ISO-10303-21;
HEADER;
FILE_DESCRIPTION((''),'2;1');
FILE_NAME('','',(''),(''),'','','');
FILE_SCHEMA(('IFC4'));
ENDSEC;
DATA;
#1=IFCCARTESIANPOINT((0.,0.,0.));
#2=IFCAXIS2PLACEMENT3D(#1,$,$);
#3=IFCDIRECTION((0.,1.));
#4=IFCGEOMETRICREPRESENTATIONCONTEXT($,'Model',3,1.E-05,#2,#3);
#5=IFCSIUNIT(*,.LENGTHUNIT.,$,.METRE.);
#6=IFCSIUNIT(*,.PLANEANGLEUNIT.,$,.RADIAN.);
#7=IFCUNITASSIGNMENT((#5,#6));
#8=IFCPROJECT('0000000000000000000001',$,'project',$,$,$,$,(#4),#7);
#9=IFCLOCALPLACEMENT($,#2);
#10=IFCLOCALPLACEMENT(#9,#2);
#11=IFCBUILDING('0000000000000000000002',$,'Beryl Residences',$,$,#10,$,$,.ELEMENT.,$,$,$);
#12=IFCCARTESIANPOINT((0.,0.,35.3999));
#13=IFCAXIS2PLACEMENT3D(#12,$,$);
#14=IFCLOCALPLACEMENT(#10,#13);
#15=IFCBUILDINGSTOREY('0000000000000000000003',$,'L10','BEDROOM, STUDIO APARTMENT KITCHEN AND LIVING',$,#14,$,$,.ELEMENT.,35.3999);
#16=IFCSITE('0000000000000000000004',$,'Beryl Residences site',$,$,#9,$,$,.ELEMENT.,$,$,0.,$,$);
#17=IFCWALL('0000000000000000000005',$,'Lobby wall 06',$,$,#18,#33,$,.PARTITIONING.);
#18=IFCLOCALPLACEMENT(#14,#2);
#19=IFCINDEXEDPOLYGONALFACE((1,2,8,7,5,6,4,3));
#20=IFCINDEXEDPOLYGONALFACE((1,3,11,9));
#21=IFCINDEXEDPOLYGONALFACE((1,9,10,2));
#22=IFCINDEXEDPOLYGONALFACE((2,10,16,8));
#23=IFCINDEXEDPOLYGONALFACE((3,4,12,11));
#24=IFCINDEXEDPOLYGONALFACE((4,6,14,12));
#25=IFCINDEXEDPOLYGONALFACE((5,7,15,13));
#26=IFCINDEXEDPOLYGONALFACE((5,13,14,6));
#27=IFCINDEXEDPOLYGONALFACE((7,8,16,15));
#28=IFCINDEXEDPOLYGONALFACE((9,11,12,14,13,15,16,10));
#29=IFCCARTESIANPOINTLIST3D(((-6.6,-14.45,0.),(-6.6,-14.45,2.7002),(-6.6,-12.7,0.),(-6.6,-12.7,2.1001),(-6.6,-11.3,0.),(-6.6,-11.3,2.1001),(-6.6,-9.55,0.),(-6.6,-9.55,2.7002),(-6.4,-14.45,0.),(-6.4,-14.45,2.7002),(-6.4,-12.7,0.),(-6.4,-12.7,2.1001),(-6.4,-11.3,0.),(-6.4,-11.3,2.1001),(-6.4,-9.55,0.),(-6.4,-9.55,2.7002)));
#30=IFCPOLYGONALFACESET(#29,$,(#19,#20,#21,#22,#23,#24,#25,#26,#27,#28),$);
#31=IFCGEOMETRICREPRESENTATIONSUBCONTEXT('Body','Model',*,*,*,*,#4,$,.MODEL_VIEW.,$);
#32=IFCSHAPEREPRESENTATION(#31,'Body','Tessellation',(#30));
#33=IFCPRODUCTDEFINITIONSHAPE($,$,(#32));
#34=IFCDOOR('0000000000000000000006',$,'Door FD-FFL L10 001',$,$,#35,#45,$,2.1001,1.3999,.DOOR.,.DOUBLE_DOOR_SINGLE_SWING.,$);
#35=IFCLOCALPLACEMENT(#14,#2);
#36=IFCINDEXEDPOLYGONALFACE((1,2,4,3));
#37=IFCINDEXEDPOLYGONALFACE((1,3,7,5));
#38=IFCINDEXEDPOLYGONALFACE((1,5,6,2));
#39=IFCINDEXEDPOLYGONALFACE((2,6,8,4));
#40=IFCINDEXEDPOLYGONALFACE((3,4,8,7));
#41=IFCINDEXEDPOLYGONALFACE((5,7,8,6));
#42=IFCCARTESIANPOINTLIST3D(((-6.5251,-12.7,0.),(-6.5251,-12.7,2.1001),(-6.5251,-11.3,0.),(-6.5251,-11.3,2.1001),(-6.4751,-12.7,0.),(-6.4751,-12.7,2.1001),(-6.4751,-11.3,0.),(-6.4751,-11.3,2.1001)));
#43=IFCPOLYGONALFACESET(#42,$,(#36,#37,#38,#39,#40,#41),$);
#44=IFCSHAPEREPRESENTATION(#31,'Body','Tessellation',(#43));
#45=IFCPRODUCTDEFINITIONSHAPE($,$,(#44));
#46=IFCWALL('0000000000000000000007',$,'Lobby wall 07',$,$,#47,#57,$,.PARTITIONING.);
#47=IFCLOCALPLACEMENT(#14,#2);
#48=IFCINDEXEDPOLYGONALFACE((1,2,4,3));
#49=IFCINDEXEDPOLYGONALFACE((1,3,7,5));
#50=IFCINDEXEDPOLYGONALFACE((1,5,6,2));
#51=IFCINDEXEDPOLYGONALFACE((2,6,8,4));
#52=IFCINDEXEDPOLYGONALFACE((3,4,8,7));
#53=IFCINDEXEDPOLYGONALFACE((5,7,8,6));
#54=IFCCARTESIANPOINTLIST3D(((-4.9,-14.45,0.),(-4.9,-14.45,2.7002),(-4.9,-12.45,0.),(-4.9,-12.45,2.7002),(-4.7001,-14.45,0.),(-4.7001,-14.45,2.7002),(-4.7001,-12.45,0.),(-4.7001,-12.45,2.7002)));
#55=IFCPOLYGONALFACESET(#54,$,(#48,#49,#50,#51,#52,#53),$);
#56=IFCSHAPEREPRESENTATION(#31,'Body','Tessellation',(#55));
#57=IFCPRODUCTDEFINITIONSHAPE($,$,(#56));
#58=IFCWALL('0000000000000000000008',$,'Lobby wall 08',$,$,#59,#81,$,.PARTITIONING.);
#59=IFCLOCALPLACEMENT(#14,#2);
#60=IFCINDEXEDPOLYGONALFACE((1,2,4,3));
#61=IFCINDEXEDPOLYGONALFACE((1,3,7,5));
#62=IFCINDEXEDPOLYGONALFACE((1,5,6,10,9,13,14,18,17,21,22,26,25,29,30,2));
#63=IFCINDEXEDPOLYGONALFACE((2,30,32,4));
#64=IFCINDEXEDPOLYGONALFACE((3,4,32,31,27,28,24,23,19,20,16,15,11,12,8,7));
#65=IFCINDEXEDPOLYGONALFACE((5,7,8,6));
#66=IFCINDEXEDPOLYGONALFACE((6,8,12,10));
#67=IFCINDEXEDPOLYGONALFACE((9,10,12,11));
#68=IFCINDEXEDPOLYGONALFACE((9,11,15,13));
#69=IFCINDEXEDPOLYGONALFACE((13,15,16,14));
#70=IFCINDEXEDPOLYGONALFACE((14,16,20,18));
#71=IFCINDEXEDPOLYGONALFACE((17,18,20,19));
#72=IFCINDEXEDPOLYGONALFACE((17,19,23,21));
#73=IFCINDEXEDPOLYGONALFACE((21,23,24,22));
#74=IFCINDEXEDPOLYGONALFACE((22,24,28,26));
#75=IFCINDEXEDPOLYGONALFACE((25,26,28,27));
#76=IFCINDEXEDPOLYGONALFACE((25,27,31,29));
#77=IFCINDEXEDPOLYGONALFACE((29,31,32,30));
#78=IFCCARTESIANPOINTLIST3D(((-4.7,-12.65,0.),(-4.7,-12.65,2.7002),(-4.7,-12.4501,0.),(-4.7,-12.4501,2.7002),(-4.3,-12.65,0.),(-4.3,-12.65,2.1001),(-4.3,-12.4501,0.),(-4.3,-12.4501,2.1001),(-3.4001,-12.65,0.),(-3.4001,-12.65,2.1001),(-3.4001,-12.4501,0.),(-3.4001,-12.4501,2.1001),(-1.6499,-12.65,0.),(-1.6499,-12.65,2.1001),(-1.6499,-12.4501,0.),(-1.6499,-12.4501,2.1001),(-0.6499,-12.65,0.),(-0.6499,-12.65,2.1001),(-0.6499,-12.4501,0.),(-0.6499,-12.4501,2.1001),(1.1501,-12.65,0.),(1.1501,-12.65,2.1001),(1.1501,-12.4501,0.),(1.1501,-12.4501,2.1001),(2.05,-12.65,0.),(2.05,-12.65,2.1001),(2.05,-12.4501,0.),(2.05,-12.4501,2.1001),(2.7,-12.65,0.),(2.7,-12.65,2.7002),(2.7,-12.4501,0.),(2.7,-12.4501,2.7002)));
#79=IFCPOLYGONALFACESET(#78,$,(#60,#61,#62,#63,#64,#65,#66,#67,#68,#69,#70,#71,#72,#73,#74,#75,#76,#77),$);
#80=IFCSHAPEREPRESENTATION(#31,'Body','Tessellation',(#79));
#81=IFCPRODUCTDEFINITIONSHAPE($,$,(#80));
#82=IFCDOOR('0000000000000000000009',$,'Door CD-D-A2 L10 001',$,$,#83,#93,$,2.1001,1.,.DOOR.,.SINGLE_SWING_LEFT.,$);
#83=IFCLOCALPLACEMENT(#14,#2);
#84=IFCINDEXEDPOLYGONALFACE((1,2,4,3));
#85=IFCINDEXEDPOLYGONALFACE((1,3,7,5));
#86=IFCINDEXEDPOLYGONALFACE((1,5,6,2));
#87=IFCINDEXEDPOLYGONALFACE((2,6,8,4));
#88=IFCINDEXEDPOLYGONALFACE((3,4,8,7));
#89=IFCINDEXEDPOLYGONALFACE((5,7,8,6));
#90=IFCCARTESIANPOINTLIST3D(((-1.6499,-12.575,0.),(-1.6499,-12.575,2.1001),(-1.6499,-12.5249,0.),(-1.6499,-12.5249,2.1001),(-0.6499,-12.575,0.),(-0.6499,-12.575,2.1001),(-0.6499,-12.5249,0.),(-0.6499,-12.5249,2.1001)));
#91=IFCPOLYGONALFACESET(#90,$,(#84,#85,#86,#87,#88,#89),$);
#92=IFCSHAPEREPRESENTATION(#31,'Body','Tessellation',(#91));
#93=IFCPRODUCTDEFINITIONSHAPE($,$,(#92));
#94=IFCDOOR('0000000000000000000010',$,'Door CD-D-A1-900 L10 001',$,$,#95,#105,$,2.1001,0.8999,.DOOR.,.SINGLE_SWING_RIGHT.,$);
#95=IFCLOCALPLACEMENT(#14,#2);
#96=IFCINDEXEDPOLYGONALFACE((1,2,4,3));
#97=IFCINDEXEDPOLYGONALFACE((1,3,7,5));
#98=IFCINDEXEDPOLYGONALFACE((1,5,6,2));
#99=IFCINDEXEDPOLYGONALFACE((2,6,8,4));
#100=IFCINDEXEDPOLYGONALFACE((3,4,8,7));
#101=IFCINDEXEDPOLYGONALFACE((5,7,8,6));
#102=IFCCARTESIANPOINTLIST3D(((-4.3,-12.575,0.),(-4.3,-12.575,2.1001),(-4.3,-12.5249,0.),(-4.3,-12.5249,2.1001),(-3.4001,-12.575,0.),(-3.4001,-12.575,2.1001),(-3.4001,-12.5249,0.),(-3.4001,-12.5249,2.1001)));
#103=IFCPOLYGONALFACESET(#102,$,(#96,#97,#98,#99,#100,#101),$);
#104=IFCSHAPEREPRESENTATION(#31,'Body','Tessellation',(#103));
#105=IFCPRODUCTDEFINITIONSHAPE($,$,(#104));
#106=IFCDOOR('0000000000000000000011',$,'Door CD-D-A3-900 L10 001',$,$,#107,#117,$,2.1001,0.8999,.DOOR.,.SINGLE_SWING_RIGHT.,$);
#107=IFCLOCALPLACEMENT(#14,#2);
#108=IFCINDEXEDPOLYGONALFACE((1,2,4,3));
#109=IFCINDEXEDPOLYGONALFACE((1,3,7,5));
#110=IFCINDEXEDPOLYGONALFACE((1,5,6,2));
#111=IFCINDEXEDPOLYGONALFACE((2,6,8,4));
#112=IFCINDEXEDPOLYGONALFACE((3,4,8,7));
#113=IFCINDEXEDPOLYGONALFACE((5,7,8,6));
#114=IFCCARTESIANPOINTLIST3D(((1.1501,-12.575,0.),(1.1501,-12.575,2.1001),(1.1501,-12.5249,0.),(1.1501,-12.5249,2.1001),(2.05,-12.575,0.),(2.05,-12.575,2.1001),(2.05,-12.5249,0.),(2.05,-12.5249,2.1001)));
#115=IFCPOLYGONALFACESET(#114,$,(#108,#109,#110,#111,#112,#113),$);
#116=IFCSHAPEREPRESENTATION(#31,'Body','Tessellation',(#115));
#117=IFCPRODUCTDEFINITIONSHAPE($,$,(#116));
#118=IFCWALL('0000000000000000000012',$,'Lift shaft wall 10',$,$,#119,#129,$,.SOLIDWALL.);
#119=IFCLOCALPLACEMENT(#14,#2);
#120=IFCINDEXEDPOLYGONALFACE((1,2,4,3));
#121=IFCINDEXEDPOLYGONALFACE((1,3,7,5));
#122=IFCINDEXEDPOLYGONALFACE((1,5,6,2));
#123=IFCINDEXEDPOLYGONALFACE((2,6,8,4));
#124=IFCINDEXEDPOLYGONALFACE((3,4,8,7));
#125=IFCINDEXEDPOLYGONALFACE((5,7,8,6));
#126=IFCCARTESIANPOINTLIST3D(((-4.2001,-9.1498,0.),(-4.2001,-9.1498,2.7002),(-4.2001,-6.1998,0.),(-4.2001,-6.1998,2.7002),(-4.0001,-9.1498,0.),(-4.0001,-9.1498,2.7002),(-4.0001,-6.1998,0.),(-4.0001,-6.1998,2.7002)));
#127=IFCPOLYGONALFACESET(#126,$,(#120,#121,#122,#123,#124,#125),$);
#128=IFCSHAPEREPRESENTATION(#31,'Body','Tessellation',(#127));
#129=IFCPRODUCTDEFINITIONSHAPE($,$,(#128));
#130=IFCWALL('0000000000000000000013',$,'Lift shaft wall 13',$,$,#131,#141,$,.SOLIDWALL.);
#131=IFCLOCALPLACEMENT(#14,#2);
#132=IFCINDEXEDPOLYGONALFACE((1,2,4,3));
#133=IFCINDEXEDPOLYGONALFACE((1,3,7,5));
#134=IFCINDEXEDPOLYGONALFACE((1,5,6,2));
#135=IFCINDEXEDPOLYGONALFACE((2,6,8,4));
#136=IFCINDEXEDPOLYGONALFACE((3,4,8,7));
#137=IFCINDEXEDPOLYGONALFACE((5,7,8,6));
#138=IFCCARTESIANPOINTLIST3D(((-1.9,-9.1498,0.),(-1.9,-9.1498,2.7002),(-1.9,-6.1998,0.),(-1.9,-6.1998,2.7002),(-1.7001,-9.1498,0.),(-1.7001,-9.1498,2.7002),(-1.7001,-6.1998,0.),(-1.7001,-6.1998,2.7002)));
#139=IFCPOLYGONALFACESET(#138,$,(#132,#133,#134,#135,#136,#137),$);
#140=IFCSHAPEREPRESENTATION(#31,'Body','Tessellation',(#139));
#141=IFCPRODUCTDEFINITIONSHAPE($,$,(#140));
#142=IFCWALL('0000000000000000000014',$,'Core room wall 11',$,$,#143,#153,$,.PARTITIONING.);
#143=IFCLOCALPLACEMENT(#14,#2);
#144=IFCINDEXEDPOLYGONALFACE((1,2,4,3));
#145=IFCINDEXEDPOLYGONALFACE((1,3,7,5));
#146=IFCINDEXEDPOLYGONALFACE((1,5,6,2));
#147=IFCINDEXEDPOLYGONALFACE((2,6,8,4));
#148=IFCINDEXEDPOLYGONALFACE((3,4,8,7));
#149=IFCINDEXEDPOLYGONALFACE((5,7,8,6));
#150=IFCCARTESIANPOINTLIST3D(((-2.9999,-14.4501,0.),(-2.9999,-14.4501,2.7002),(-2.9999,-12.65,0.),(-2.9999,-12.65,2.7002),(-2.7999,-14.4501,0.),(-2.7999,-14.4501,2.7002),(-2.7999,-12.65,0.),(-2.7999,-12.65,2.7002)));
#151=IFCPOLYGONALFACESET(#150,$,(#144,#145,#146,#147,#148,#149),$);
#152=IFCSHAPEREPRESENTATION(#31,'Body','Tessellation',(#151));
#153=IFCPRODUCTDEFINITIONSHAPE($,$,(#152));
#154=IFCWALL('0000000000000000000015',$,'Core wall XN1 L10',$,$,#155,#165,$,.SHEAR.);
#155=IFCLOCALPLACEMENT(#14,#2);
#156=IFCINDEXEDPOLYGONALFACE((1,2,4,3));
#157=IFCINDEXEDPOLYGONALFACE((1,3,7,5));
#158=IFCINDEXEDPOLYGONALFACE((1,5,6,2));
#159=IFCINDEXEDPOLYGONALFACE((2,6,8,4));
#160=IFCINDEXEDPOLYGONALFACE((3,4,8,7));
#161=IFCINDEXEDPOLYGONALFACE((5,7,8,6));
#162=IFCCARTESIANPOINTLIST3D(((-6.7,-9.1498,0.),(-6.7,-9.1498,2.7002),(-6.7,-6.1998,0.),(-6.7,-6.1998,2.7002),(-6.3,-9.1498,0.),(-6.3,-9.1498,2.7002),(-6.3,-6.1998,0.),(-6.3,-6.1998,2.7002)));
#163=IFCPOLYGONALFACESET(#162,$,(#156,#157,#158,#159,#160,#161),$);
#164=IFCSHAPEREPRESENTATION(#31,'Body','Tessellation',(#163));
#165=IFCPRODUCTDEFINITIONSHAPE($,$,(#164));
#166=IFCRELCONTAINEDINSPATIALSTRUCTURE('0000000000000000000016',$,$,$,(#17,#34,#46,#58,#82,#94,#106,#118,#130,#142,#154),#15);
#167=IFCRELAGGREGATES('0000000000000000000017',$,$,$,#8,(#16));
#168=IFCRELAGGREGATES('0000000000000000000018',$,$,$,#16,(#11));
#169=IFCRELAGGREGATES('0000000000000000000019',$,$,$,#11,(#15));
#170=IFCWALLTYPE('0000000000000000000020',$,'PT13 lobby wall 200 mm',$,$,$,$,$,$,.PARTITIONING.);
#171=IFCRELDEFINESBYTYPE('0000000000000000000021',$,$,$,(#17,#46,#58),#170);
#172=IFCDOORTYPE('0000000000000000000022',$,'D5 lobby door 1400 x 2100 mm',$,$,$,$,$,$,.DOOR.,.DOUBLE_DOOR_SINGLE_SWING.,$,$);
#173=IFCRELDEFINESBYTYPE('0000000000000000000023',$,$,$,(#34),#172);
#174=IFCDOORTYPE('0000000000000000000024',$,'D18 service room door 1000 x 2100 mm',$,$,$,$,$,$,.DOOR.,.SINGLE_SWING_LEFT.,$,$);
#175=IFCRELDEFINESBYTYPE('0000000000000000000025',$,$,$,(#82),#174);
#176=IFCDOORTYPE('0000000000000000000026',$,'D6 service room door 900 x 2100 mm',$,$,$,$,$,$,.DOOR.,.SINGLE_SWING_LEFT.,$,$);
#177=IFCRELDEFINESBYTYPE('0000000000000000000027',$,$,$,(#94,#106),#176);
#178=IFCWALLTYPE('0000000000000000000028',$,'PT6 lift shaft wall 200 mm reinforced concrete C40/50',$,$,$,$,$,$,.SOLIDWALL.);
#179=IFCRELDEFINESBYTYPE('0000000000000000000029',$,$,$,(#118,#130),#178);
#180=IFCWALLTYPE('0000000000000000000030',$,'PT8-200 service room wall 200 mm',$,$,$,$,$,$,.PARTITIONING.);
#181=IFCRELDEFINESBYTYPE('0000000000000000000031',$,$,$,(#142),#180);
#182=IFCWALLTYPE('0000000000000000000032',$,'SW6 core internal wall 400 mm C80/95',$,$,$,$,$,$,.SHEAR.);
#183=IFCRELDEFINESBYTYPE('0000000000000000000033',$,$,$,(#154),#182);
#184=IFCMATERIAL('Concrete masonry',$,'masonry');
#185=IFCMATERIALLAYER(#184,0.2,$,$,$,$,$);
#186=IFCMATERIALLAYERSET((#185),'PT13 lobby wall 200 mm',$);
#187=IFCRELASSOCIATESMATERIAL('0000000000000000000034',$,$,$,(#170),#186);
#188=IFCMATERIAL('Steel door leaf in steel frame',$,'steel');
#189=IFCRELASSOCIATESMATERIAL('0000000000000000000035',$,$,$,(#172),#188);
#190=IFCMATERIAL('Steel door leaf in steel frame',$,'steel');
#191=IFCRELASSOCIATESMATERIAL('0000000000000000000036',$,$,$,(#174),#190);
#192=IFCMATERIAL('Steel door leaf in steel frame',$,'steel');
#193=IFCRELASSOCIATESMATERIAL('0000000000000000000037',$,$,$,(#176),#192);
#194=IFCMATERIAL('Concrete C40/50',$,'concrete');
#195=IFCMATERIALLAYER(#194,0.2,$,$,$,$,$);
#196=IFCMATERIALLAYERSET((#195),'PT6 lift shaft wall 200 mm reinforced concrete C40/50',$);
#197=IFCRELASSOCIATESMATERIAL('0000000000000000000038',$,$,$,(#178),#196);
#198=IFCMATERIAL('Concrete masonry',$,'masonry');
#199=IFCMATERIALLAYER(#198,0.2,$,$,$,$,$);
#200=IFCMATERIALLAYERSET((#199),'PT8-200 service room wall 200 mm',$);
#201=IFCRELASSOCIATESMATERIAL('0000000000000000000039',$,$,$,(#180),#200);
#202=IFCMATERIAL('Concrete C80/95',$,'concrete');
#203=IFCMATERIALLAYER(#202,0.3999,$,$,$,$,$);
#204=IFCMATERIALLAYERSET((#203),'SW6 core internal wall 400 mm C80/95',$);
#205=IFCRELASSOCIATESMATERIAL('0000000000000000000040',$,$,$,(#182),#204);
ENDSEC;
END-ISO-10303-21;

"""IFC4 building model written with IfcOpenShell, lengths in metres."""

from ifc_helpers import new_model, si_unit, direction, frame, frame_2d, origin, place, context, subcontext, project, spatial, rectangle, extrude, material, layer, layer_set, type_object, element, fill, save


model = new_model("IFC4")

# Units and contexts
model_context = context("Model", 3, precision=1e-05, world=origin(), true_north=direction((0.0, 1.0)))
body_context = subcontext(model_context, "Body", "Model", "MODEL_VIEW")
ifc_project = project(units=[si_unit("LENGTHUNIT", "METRE"), si_unit("PLANEANGLEUNIT", "RADIAN")], contexts=[model_context])

# Site, building, storey
site_placement = place(None, origin())
site = spatial("IfcSite", under=ifc_project, at=site_placement, Name="Beryl Residences site", CompositionType="ELEMENT", RefElevation=0.0)
building_placement = place(site_placement, origin())
building = spatial("IfcBuilding", under=site, at=building_placement, Name="Beryl Residences", CompositionType="ELEMENT")
storey_placement = place(building_placement, frame((0.0, 0.0, 35.3999)))
storey = spatial("IfcBuildingStorey", under=building, at=storey_placement, Name="L10", Description="BEDROOM, STUDIO APARTMENT KITCHEN AND LIVING", CompositionType="ELEMENT", Elevation=35.3999)

# Wall, opening, door
ifc_material_1 = material(Name="Concrete masonry", Category="masonry")
ifc_layer_1 = layer(ifc_material_1, 0.2)
ifc_layer_set_1 = layer_set([ifc_layer_1], Name="PT13 lobby wall 200 mm")
wall_type_1 = type_object("IfcWallType", Name="PT13 lobby wall 200 mm", PredefinedType="PARTITIONING", material=ifc_layer_set_1)
wall_1_placement = place(storey_placement, frame((-6.5, -14.45, 0.0), z_axis=(0.0, 0.0, 1.0), x_axis=(0.0, 1.0, 0.0)))
wall_1 = element("IfcWall", 1, at=wall_1_placement, inside=storey, type_object=wall_type_1, Name="Lobby wall 06", PredefinedType="PARTITIONING", context=body_context, shape_type="SweptSolid", body=[
    extrude(rectangle(XDim=4.8999, YDim=0.2, at=frame_2d((2.45, 0.0))), origin(), (0.0, 0.0, 1.0), 2.7002),
])
opening_1_placement = place(wall_1_placement, frame((3.1499, 0.0, 0.0), z_axis=(0.0, 0.0, 1.0), x_axis=(-1.0, 0.0, 0.0)))
opening_1 = element("IfcOpeningElement", 2, at=opening_1_placement, cuts=wall_1, PredefinedType="OPENING", context=body_context, shape_type="SweptSolid", body=[
    extrude(rectangle(XDim=1.3999, YDim=2.1001, at=frame_2d((0.7, 1.05))), frame((0.0, 0.1099, 0.0), z_axis=(0.0, -1.0, 0.0), x_axis=(1.0, 0.0, 0.0)), (0.0, 0.0, 1.0), 0.22),
])
ifc_material_2 = material(Name="Steel door leaf in steel frame", Category="steel")
door_type_1 = type_object("IfcDoorType", Name="D5 lobby door 1400 x 2100 mm", OperationType="DOUBLE_DOOR_SINGLE_SWING", PredefinedType="DOOR", material=ifc_material_2)
door_1_placement = place(opening_1_placement, origin())
door_1 = element("IfcDoor", 3, at=door_1_placement, inside=storey, type_object=door_type_1, Name="Door FD-FFL L10 001", OperationType="DOUBLE_DOOR_SINGLE_SWING", OverallHeight=2.1001, OverallWidth=1.3999, PredefinedType="DOOR", context=body_context, shape_type="SweptSolid", body=[
    extrude(rectangle(XDim=1.3999, YDim=2.1001, at=frame_2d((0.7, 1.05))), frame((0.0, 0.0249, 0.0), z_axis=(0.0, -1.0, 0.0), x_axis=(1.0, 0.0, 0.0)), (0.0, 0.0, 1.0), 0.05),
])
fill(opening_1, door_1)

# Wall
wall_2_placement = place(storey_placement, frame((-4.8, -14.45, 0.0), z_axis=(0.0, 0.0, 1.0), x_axis=(0.0, 1.0, 0.0)))
element("IfcWall", 4, at=wall_2_placement, inside=storey, type_object=wall_type_1, Name="Lobby wall 07", PredefinedType="PARTITIONING", context=body_context, shape_type="SweptSolid", body=[
    extrude(rectangle(XDim=2.0, YDim=0.2, at=frame_2d((1.0, 0.0))), origin(), (0.0, 0.0, 1.0), 2.7002),
])

# Wall, openings, doors
wall_3_placement = place(storey_placement, frame((-4.7, -12.55, 0.0), z_axis=(0.0, 0.0, 1.0), x_axis=(1.0, 0.0, 0.0)))
wall_3 = element("IfcWall", 5, at=wall_3_placement, inside=storey, type_object=wall_type_1, Name="Lobby wall 08", PredefinedType="PARTITIONING", context=body_context, shape_type="SweptSolid", body=[
    extrude(rectangle(XDim=7.3999, YDim=0.2, at=frame_2d((3.7, 0.0))), origin(), (0.0, 0.0, 1.0), 2.7002),
])
opening_2_placement = place(wall_3_placement, frame((1.2998, 0.0, 0.0), z_axis=(0.0, 0.0, 1.0), x_axis=(-1.0, 0.0, 0.0)))
opening_2 = element("IfcOpeningElement", 6, at=opening_2_placement, cuts=wall_3, PredefinedType="OPENING", context=body_context, shape_type="SweptSolid", body=[
    extrude(rectangle(XDim=0.8999, YDim=2.1001, at=frame_2d((0.45, 1.05))), frame((0.0, 0.1099, 0.0), z_axis=(0.0, -1.0, 0.0), x_axis=(1.0, 0.0, 0.0)), (0.0, 0.0, 1.0), 0.22),
])
opening_3_placement = place(wall_3_placement, frame((4.05, 0.0, 0.0), z_axis=(0.0, 0.0, 1.0), x_axis=(-1.0, 0.0, 0.0)))
opening_3 = element("IfcOpeningElement", 7, at=opening_3_placement, cuts=wall_3, PredefinedType="OPENING", context=body_context, shape_type="SweptSolid", body=[
    extrude(rectangle(XDim=1.0, YDim=2.1001, at=frame_2d((0.5, 1.05))), frame((0.0, 0.1099, 0.0), z_axis=(0.0, -1.0, 0.0), x_axis=(1.0, 0.0, 0.0)), (0.0, 0.0, 1.0), 0.22),
])
opening_4_placement = place(wall_3_placement, frame((6.75, 0.0, 0.0), z_axis=(0.0, 0.0, 1.0), x_axis=(-1.0, 0.0, 0.0)))
opening_4 = element("IfcOpeningElement", 8, at=opening_4_placement, cuts=wall_3, PredefinedType="OPENING", context=body_context, shape_type="SweptSolid", body=[
    extrude(rectangle(XDim=0.8999, YDim=2.1001, at=frame_2d((0.45, 1.05))), frame((0.0, 0.1099, 0.0), z_axis=(0.0, -1.0, 0.0), x_axis=(1.0, 0.0, 0.0)), (0.0, 0.0, 1.0), 0.22),
])
ifc_material_3 = material(Name="Steel door leaf in steel frame", Category="steel")
door_type_2 = type_object("IfcDoorType", Name="D18 service room door 1000 x 2100 mm", OperationType="SINGLE_SWING_LEFT", PredefinedType="DOOR", material=ifc_material_3)
door_2_placement = place(opening_3_placement, origin())
door_2 = element("IfcDoor", 9, at=door_2_placement, inside=storey, type_object=door_type_2, Name="Door CD-D-A2 L10 001", OperationType="SINGLE_SWING_LEFT", OverallHeight=2.1001, OverallWidth=1.0, PredefinedType="DOOR", context=body_context, shape_type="SweptSolid", body=[
    extrude(rectangle(XDim=1.0, YDim=2.1001, at=frame_2d((0.5, 1.05))), frame((0.0, 0.0249, 0.0), z_axis=(0.0, -1.0, 0.0), x_axis=(1.0, 0.0, 0.0)), (0.0, 0.0, 1.0), 0.05),
])
fill(opening_3, door_2)
ifc_material_4 = material(Name="Steel door leaf in steel frame", Category="steel")
door_type_3 = type_object("IfcDoorType", Name="D6 service room door 900 x 2100 mm", OperationType="SINGLE_SWING_LEFT", PredefinedType="DOOR", material=ifc_material_4)
door_3_placement = place(opening_2_placement, origin())
door_3 = element("IfcDoor", 10, at=door_3_placement, inside=storey, type_object=door_type_3, Name="Door CD-D-A1-900 L10 001", OperationType="SINGLE_SWING_RIGHT", OverallHeight=2.1001, OverallWidth=0.8999, PredefinedType="DOOR", context=body_context, shape_type="SweptSolid", body=[
    extrude(rectangle(XDim=0.8999, YDim=2.1001, at=frame_2d((0.45, 1.05))), frame((0.0, 0.0249, 0.0), z_axis=(0.0, -1.0, 0.0), x_axis=(1.0, 0.0, 0.0)), (0.0, 0.0, 1.0), 0.05),
])
fill(opening_2, door_3)
door_4_placement = place(opening_4_placement, origin())
door_4 = element("IfcDoor", 11, at=door_4_placement, inside=storey, type_object=door_type_3, Name="Door CD-D-A3-900 L10 001", OperationType="SINGLE_SWING_RIGHT", OverallHeight=2.1001, OverallWidth=0.8999, PredefinedType="DOOR", context=body_context, shape_type="SweptSolid", body=[
    extrude(rectangle(XDim=0.8999, YDim=2.1001, at=frame_2d((0.45, 1.05))), frame((0.0, 0.0249, 0.0), z_axis=(0.0, -1.0, 0.0), x_axis=(1.0, 0.0, 0.0)), (0.0, 0.0, 1.0), 0.05),
])
fill(opening_4, door_4)

# Walls
ifc_material_5 = material(Name="Concrete C40/50", Category="concrete")
ifc_layer_2 = layer(ifc_material_5, 0.2)
ifc_layer_set_2 = layer_set([ifc_layer_2], Name="PT6 lift shaft wall 200 mm reinforced concrete C40/50")
wall_type_2 = type_object("IfcWallType", Name="PT6 lift shaft wall 200 mm reinforced concrete C40/50", PredefinedType="SOLIDWALL", material=ifc_layer_set_2)
for number, where, z_axis, x_axis, name in (
    (12, (-4.1001, -9.1499, 0.0), (0.0, 0.0, 1.0), (0.0, 1.0, 0.0), "Lift shaft wall 10"),
    (13, (-1.8, -9.1499, 0.0), (0.0, 0.0, 1.0), (0.0, 1.0, 0.0), "Lift shaft wall 13"),
):
    element("IfcWall", number, at=place(storey_placement, frame(where, z_axis=z_axis, x_axis=x_axis)), inside=storey, type_object=wall_type_2, Name=name, PredefinedType="SOLIDWALL", context=body_context, shape_type="SweptSolid", body=[
        extrude(rectangle(XDim=2.95, YDim=0.2, at=frame_2d((1.4751, 0.0))), origin(), (0.0, 0.0, 1.0), 2.7002),
    ])
ifc_material_6 = material(Name="Concrete masonry", Category="masonry")
ifc_layer_3 = layer(ifc_material_6, 0.2)
ifc_layer_set_3 = layer_set([ifc_layer_3], Name="PT8-200 service room wall 200 mm")
wall_type_3 = type_object("IfcWallType", Name="PT8-200 service room wall 200 mm", PredefinedType="PARTITIONING", material=ifc_layer_set_3)
wall_4_placement = place(storey_placement, frame((-2.8999, -14.45, 0.0), z_axis=(0.0, 0.0, 1.0), x_axis=(0.0, 1.0, 0.0)))
element("IfcWall", 14, at=wall_4_placement, inside=storey, type_object=wall_type_3, Name="Core room wall 11", PredefinedType="PARTITIONING", context=body_context, shape_type="SweptSolid", body=[
    extrude(rectangle(XDim=1.8, YDim=0.2, at=frame_2d((0.8999, 0.0))), origin(), (0.0, 0.0, 1.0), 2.7002),
])
ifc_material_7 = material(Name="Concrete C80/95", Category="concrete")
ifc_layer_4 = layer(ifc_material_7, 0.3999)
ifc_layer_set_4 = layer_set([ifc_layer_4], Name="SW6 core internal wall 400 mm C80/95")
wall_type_4 = type_object("IfcWallType", Name="SW6 core internal wall 400 mm C80/95", PredefinedType="SHEAR", material=ifc_layer_set_4)
wall_5_placement = place(storey_placement, frame((-6.5, -9.1499, 0.0), z_axis=(0.0, 0.0, 1.0), x_axis=(0.0, 1.0, 0.0)))
element("IfcWall", 15, at=wall_5_placement, inside=storey, type_object=wall_type_4, Name="Core wall XN1 L10", PredefinedType="SHEAR", context=body_context, shape_type="SweptSolid", body=[
    extrude(rectangle(XDim=2.95, YDim=0.3999, at=frame_2d((1.4751, 0.0))), origin(), (0.0, 0.0, 1.0), 2.7002),
])

save(model, "model.ifc")
